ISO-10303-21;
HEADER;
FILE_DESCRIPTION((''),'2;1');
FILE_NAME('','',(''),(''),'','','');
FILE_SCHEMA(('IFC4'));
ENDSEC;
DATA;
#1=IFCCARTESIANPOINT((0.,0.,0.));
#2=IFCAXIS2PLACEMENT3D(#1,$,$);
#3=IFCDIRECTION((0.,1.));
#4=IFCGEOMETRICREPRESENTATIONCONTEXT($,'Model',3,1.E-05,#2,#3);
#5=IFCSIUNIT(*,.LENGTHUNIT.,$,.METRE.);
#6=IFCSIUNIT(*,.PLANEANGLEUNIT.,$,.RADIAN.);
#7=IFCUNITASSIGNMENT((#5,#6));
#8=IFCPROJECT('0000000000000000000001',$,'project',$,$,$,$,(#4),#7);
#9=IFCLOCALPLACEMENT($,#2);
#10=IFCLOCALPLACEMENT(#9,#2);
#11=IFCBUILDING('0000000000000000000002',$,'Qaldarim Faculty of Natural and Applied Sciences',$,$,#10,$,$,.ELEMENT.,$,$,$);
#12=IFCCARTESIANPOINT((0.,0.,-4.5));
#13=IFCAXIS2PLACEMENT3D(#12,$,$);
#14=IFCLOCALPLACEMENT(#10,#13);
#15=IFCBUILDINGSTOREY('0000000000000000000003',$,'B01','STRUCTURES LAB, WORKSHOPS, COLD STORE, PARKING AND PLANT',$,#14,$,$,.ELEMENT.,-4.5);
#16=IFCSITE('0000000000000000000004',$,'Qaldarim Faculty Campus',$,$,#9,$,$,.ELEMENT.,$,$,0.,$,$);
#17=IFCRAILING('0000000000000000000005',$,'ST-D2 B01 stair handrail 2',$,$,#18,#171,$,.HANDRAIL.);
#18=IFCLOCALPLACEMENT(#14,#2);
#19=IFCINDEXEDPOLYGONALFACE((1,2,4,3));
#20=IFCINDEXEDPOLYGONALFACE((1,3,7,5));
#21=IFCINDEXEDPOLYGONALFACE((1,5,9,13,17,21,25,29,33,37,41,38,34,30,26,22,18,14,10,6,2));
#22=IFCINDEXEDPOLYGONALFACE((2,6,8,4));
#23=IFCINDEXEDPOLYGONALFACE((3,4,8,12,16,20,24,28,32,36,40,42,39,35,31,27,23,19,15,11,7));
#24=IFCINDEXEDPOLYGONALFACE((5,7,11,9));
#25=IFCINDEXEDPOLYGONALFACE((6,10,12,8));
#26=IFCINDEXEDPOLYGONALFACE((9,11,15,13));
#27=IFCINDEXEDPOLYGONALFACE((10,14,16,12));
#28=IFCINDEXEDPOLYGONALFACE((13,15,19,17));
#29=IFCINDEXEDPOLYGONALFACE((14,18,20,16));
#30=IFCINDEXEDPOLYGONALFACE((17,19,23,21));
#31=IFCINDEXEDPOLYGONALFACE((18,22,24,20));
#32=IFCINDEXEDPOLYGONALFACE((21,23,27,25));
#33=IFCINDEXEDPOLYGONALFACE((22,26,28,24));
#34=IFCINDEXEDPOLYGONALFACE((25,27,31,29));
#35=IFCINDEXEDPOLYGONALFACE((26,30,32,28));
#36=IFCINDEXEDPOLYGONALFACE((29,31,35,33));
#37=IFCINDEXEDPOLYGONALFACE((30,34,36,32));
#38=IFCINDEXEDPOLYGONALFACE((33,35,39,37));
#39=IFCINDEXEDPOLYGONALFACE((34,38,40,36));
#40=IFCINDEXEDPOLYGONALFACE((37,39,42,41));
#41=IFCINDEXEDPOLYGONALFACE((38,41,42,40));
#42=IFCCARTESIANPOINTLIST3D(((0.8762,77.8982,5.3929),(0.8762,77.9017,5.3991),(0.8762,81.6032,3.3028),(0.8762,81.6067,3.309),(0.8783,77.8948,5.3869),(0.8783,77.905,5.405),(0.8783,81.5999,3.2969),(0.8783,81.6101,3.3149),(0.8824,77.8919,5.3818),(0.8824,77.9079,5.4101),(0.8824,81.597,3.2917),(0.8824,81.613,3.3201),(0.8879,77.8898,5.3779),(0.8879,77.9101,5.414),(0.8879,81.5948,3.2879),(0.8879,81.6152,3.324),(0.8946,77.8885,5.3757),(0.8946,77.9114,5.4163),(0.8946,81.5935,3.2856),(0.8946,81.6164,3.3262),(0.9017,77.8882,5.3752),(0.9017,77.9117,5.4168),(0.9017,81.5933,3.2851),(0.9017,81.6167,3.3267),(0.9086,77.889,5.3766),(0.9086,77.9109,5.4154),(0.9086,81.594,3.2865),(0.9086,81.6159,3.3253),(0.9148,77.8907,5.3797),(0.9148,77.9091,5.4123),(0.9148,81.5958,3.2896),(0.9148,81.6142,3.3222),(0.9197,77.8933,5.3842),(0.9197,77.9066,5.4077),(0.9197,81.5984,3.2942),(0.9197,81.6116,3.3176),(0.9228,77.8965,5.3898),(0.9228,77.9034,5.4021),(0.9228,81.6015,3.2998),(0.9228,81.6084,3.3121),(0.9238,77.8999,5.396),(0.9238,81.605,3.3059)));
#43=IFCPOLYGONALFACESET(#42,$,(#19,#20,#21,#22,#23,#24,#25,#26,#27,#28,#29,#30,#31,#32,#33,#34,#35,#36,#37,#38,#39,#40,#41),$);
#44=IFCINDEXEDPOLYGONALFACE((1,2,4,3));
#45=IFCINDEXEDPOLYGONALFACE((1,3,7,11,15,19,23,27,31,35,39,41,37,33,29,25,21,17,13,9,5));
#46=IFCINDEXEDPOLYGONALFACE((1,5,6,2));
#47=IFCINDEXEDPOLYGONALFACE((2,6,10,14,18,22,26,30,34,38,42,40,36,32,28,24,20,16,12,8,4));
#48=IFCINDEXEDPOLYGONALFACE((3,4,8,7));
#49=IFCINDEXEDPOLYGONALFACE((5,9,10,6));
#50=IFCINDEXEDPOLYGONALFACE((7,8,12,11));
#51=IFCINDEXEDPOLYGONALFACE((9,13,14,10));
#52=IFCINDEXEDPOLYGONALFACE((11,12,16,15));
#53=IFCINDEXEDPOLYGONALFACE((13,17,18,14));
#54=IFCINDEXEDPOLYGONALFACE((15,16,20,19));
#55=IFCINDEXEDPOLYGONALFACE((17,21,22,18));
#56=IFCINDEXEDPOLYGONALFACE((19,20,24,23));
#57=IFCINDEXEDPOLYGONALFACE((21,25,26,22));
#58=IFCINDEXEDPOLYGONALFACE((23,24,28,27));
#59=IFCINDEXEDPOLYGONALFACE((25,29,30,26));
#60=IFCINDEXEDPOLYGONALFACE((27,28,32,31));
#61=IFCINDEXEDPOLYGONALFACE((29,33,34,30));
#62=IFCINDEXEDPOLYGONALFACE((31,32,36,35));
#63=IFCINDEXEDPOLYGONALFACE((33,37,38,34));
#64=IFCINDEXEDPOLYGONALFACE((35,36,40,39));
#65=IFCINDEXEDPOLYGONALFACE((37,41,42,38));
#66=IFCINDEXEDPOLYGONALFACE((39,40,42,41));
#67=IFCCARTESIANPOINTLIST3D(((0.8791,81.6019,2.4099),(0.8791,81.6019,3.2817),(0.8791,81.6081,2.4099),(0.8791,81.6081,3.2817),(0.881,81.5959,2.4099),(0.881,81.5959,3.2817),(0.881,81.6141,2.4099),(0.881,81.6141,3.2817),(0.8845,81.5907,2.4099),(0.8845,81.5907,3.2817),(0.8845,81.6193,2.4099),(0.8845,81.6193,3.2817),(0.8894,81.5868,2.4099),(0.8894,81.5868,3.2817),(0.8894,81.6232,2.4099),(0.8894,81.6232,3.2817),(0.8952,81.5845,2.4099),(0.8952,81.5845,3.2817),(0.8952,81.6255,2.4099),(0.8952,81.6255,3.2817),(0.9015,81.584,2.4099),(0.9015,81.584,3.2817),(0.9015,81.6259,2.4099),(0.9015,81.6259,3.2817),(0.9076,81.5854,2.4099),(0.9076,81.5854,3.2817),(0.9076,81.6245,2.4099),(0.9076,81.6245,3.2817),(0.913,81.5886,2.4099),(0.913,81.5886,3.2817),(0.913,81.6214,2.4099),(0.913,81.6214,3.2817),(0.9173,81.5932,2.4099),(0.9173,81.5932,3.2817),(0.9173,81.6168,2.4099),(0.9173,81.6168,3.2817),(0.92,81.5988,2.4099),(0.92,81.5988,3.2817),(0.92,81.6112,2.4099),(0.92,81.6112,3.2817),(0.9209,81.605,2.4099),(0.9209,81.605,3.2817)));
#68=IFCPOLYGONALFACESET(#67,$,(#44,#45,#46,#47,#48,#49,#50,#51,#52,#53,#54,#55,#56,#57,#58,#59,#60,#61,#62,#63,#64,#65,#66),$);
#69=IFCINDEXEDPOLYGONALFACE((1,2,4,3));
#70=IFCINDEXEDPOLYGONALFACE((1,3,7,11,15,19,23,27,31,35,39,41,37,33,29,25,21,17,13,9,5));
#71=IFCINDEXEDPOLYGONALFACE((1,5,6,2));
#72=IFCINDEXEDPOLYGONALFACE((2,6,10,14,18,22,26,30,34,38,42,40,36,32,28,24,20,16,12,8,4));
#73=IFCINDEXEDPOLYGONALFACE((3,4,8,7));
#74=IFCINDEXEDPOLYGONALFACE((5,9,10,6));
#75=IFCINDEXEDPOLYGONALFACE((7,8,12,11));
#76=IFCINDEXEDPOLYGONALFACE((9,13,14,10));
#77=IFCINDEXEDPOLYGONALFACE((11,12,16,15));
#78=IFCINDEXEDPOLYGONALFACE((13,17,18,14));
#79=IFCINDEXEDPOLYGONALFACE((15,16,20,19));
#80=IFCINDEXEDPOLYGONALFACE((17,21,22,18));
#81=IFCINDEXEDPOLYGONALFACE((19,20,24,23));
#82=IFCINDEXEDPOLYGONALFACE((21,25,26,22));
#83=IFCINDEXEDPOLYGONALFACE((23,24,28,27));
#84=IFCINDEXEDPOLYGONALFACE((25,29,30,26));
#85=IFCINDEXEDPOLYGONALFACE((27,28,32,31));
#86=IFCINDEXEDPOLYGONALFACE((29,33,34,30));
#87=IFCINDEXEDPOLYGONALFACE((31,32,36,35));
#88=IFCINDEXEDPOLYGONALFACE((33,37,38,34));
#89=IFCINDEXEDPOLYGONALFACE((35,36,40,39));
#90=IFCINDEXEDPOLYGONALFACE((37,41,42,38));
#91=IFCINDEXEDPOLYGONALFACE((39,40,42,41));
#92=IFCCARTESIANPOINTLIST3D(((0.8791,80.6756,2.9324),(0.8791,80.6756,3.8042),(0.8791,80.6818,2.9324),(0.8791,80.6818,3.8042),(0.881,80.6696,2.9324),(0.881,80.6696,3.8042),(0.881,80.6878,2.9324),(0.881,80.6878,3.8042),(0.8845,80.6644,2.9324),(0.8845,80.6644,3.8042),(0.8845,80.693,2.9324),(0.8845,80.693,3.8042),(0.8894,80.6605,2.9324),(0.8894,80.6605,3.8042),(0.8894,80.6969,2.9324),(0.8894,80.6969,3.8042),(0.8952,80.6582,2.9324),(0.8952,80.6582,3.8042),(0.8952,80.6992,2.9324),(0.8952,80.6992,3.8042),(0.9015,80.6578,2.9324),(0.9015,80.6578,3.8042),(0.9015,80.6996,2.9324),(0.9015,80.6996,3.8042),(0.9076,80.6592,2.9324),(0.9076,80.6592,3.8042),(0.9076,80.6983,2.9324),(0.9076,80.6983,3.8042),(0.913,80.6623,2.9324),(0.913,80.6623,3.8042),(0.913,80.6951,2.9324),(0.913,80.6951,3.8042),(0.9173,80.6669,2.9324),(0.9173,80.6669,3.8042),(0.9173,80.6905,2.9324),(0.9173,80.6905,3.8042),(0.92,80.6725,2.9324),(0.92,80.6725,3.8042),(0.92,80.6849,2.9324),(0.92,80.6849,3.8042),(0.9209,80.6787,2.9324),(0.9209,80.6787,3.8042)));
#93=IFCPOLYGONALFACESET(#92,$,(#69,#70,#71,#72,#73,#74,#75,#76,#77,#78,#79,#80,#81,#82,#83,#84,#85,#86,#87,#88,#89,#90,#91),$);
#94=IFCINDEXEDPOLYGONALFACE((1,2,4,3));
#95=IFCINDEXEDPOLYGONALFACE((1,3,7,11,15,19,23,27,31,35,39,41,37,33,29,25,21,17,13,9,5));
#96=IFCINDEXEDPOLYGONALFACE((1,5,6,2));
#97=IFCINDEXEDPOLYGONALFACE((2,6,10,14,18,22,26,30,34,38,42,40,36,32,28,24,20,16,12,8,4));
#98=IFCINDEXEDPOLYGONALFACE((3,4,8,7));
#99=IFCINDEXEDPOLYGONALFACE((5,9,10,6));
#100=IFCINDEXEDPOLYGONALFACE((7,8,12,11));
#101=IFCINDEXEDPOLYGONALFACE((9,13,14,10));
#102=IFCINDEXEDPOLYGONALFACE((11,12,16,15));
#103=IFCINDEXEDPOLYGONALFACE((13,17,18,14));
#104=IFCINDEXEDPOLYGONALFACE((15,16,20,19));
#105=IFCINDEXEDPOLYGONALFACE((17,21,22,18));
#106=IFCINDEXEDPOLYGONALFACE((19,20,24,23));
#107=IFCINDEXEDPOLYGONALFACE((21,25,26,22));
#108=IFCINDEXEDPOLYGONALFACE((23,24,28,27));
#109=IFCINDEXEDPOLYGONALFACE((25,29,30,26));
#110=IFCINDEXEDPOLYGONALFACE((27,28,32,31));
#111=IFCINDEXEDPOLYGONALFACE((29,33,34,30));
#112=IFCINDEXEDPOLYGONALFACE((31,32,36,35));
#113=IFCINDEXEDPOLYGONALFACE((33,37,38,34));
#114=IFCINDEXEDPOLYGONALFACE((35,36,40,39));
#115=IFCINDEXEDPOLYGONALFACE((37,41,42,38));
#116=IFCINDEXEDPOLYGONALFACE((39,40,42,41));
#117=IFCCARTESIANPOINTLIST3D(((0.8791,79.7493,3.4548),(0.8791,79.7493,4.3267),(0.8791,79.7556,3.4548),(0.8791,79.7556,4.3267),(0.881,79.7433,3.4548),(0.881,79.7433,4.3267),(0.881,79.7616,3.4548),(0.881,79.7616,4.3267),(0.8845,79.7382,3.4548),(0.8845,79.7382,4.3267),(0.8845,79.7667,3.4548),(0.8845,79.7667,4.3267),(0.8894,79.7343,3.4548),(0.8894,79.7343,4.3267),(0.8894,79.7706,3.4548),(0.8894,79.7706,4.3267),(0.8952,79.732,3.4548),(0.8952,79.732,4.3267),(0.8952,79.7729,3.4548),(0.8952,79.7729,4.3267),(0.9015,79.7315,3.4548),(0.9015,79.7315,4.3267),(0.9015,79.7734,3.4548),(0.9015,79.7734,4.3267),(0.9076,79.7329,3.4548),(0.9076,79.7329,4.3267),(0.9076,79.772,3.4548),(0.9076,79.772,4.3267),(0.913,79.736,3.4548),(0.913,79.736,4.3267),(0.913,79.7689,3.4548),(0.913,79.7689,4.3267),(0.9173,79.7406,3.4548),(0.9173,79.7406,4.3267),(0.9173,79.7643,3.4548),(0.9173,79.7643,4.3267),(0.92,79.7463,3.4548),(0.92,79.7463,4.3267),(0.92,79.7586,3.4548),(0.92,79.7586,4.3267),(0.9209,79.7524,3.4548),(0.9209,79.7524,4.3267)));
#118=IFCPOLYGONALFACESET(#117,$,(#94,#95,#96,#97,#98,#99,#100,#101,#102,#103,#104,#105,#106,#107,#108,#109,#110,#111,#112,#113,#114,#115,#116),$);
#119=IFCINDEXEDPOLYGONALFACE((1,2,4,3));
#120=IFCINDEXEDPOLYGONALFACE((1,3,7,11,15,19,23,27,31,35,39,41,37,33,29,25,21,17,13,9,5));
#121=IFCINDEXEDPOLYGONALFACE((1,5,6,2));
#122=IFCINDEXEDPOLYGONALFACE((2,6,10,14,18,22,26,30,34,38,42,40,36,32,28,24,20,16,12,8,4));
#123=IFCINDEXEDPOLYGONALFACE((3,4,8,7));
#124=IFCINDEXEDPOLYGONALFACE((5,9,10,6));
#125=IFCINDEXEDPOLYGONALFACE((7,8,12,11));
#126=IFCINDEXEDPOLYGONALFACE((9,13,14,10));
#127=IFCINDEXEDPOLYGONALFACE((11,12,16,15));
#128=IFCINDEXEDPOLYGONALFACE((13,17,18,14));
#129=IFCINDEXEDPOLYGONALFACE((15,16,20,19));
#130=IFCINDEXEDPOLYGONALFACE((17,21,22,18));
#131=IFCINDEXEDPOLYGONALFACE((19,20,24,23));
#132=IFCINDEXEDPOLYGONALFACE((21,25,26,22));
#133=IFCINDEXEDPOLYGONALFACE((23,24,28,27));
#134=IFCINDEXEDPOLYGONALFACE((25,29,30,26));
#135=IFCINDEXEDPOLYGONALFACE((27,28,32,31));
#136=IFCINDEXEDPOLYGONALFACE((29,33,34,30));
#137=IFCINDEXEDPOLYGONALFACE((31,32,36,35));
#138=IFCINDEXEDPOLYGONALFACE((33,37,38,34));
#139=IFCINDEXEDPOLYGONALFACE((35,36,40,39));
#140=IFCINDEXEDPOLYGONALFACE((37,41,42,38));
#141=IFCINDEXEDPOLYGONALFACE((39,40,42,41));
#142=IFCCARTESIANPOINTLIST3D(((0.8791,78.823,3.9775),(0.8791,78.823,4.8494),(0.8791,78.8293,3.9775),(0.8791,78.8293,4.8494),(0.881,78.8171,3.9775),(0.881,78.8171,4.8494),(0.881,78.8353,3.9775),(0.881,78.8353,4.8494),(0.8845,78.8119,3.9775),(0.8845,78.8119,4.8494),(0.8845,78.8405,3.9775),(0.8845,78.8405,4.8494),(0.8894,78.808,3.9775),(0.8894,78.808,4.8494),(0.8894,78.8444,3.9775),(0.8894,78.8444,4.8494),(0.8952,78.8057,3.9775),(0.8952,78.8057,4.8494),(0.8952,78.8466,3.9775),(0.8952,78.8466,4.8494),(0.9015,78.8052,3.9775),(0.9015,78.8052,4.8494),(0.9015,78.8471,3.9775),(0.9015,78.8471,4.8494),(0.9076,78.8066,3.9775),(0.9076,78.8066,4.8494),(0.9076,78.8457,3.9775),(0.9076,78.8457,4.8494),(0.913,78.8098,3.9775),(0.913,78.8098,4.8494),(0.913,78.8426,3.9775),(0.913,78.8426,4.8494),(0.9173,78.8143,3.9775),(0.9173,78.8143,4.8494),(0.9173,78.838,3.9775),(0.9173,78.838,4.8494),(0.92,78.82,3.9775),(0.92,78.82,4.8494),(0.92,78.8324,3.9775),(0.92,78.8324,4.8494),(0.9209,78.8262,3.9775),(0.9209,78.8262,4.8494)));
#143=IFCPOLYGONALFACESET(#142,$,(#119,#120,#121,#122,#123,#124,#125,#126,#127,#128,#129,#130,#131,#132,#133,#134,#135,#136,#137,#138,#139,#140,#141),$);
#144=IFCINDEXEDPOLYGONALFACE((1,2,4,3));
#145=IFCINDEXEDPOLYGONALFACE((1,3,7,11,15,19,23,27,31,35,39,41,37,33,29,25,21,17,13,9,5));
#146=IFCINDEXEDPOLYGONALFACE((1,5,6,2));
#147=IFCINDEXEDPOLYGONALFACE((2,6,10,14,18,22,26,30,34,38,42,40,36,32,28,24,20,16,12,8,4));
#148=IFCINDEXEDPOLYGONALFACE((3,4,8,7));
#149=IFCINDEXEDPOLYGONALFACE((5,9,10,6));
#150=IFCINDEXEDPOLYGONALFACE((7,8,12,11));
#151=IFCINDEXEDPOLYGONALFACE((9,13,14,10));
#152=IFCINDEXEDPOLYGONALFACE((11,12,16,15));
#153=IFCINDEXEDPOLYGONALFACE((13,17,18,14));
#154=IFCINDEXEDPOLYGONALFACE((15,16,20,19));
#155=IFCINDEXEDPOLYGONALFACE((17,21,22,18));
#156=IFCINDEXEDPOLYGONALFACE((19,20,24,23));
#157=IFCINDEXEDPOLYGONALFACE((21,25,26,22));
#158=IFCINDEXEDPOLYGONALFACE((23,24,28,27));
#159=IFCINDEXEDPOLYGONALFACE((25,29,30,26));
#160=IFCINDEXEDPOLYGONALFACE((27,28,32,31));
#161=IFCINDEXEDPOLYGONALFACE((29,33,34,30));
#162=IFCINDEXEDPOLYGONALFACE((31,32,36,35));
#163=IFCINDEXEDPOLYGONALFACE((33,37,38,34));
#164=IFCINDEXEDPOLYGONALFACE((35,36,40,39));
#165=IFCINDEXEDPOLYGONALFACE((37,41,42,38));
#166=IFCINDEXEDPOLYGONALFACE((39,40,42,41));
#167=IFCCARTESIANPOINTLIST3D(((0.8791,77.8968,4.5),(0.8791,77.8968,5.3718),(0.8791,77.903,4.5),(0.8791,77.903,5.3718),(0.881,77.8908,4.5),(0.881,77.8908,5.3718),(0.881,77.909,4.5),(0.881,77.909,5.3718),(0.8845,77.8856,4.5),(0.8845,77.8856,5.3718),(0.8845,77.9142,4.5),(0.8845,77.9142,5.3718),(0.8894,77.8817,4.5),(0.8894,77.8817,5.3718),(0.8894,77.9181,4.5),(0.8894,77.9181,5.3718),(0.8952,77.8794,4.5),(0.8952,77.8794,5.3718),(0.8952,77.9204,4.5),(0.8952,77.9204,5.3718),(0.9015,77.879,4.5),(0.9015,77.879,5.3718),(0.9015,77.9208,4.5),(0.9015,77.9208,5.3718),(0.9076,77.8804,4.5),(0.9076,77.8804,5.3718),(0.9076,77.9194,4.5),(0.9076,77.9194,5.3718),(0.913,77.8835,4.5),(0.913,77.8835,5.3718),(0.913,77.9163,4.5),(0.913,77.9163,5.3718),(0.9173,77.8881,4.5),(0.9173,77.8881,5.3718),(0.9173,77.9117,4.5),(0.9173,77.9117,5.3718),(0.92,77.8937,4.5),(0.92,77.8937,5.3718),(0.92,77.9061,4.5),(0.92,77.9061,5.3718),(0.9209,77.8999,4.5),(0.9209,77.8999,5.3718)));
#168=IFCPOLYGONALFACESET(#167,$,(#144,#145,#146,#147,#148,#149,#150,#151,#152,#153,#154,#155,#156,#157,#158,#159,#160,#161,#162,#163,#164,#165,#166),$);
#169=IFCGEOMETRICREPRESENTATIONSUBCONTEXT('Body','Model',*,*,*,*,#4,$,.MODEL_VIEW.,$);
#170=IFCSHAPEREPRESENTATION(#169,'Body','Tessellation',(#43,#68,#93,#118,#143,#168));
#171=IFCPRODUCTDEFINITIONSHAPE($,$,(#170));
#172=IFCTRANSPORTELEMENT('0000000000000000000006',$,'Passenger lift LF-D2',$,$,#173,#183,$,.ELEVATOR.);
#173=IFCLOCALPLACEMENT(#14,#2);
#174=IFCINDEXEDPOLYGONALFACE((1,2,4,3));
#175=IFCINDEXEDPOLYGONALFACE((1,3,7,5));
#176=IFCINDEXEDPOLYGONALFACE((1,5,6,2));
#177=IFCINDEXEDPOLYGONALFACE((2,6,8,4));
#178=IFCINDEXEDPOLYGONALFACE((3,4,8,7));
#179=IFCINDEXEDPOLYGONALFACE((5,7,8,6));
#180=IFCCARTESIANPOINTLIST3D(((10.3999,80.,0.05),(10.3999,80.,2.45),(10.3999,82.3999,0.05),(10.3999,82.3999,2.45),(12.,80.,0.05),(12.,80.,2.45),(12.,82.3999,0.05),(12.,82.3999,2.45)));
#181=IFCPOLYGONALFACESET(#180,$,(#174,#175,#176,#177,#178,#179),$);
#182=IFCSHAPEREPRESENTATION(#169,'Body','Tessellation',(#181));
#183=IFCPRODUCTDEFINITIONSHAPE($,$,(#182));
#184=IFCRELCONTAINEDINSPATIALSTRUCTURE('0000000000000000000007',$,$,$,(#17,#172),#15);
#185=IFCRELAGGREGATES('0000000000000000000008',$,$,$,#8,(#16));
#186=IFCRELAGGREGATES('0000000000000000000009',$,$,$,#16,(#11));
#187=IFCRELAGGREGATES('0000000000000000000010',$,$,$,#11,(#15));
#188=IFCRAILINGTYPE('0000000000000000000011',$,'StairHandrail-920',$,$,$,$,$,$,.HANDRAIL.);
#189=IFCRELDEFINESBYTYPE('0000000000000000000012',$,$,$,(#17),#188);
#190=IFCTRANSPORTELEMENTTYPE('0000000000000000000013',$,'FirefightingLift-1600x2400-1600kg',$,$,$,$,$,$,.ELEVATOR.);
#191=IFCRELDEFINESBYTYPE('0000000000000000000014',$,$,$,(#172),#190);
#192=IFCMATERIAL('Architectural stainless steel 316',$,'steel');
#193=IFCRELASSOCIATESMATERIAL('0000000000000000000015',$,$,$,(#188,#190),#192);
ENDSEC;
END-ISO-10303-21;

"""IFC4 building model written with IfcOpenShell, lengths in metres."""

from ifc_helpers import new_model, si_unit, direction, frame, origin, origin_2d, place, context, subcontext, project, spatial, rectangle, circle, extrude, material, type_object, element, save


model = new_model("IFC4")

# Units and contexts
model_context = context("Model", 3, precision=1e-05, world=origin(), true_north=direction((0.0, 1.0)))
body_context = subcontext(model_context, "Body", "Model", "MODEL_VIEW")
ifc_project = project(units=[si_unit("LENGTHUNIT", "METRE"), si_unit("PLANEANGLEUNIT", "RADIAN")], contexts=[model_context])

# Site, building, storey
site_placement = place(None, origin())
site = spatial("IfcSite", under=ifc_project, at=site_placement, Name="Qaldarim Faculty Campus", CompositionType="ELEMENT", RefElevation=0.0)
building_placement = place(site_placement, origin())
building = spatial("IfcBuilding", under=site, at=building_placement, Name="Qaldarim Faculty of Natural and Applied Sciences", CompositionType="ELEMENT")
storey_placement = place(building_placement, frame((0.0, 0.0, -4.5)))
storey = spatial("IfcBuildingStorey", under=building, at=storey_placement, Name="B01", Description="STRUCTURES LAB, WORKSHOPS, COLD STORE, PARKING AND PLANT", CompositionType="ELEMENT", Elevation=-4.5)

# Railing
ifc_material_1 = material(Name="Architectural stainless steel 316", Category="steel")
railing_type_1 = type_object("IfcRailingType", Name="StairHandrail-920", PredefinedType="HANDRAIL", material=ifc_material_1)
railing_1_placement = place(storey_placement, frame((0.8999, 81.605, 2.4099)))
element("IfcRailing", 1, at=railing_1_placement, inside=storey, type_object=railing_type_1, Name="ST-D2 B01 stair handrail 2", PredefinedType="HANDRAIL", context=body_context, shape_type="SweptSolid", body=[
    extrude(circle(Radius=0.0239, at=origin_2d()), frame((0.0, 0.0, 0.896), z_axis=(0.0, -0.870974, 0.491329), x_axis=(1.0, 0.0, 0.0)), (0.0, 0.0, 1.0), 4.2539),
    extrude(circle(Radius=0.021, at=origin_2d()), origin(), (0.0, 0.0, 1.0), 0.8718),
    extrude(circle(Radius=0.021, at=origin_2d()), frame((0.0, -0.9263, 0.5225)), (0.0, 0.0, 1.0), 0.8718),
    extrude(circle(Radius=0.021, at=origin_2d()), frame((0.0, -1.8525, 1.0449)), (0.0, 0.0, 1.0), 0.8718),
    extrude(circle(Radius=0.021, at=origin_2d()), frame((0.0, -2.7788, 1.5676)), (0.0, 0.0, 1.0), 0.8718),
    extrude(circle(Radius=0.021, at=origin_2d()), frame((0.0, -3.7051, 2.0901)), (0.0, 0.0, 1.0), 0.8718),
])

# Transport element
transport_element_type = type_object("IfcTransportElementType", Name="FirefightingLift-1600x2400-1600kg", PredefinedType="ELEVATOR", material=ifc_material_1)
transport_element_placement = place(storey_placement, frame((11.2, 81.2, 0.05), z_axis=(0.0, 0.0, 1.0), x_axis=(1.0, 0.0, 0.0)))
element("IfcTransportElement", 2, at=transport_element_placement, inside=storey, type_object=transport_element_type, Name="Passenger lift LF-D2", PredefinedType="ELEVATOR", context=body_context, shape_type="SweptSolid", body=[
    extrude(rectangle(XDim=1.6001, YDim=2.3999, at=origin_2d()), origin(), (0.0, 0.0, 1.0), 2.3999),
])

save(model, "model.ifc")
